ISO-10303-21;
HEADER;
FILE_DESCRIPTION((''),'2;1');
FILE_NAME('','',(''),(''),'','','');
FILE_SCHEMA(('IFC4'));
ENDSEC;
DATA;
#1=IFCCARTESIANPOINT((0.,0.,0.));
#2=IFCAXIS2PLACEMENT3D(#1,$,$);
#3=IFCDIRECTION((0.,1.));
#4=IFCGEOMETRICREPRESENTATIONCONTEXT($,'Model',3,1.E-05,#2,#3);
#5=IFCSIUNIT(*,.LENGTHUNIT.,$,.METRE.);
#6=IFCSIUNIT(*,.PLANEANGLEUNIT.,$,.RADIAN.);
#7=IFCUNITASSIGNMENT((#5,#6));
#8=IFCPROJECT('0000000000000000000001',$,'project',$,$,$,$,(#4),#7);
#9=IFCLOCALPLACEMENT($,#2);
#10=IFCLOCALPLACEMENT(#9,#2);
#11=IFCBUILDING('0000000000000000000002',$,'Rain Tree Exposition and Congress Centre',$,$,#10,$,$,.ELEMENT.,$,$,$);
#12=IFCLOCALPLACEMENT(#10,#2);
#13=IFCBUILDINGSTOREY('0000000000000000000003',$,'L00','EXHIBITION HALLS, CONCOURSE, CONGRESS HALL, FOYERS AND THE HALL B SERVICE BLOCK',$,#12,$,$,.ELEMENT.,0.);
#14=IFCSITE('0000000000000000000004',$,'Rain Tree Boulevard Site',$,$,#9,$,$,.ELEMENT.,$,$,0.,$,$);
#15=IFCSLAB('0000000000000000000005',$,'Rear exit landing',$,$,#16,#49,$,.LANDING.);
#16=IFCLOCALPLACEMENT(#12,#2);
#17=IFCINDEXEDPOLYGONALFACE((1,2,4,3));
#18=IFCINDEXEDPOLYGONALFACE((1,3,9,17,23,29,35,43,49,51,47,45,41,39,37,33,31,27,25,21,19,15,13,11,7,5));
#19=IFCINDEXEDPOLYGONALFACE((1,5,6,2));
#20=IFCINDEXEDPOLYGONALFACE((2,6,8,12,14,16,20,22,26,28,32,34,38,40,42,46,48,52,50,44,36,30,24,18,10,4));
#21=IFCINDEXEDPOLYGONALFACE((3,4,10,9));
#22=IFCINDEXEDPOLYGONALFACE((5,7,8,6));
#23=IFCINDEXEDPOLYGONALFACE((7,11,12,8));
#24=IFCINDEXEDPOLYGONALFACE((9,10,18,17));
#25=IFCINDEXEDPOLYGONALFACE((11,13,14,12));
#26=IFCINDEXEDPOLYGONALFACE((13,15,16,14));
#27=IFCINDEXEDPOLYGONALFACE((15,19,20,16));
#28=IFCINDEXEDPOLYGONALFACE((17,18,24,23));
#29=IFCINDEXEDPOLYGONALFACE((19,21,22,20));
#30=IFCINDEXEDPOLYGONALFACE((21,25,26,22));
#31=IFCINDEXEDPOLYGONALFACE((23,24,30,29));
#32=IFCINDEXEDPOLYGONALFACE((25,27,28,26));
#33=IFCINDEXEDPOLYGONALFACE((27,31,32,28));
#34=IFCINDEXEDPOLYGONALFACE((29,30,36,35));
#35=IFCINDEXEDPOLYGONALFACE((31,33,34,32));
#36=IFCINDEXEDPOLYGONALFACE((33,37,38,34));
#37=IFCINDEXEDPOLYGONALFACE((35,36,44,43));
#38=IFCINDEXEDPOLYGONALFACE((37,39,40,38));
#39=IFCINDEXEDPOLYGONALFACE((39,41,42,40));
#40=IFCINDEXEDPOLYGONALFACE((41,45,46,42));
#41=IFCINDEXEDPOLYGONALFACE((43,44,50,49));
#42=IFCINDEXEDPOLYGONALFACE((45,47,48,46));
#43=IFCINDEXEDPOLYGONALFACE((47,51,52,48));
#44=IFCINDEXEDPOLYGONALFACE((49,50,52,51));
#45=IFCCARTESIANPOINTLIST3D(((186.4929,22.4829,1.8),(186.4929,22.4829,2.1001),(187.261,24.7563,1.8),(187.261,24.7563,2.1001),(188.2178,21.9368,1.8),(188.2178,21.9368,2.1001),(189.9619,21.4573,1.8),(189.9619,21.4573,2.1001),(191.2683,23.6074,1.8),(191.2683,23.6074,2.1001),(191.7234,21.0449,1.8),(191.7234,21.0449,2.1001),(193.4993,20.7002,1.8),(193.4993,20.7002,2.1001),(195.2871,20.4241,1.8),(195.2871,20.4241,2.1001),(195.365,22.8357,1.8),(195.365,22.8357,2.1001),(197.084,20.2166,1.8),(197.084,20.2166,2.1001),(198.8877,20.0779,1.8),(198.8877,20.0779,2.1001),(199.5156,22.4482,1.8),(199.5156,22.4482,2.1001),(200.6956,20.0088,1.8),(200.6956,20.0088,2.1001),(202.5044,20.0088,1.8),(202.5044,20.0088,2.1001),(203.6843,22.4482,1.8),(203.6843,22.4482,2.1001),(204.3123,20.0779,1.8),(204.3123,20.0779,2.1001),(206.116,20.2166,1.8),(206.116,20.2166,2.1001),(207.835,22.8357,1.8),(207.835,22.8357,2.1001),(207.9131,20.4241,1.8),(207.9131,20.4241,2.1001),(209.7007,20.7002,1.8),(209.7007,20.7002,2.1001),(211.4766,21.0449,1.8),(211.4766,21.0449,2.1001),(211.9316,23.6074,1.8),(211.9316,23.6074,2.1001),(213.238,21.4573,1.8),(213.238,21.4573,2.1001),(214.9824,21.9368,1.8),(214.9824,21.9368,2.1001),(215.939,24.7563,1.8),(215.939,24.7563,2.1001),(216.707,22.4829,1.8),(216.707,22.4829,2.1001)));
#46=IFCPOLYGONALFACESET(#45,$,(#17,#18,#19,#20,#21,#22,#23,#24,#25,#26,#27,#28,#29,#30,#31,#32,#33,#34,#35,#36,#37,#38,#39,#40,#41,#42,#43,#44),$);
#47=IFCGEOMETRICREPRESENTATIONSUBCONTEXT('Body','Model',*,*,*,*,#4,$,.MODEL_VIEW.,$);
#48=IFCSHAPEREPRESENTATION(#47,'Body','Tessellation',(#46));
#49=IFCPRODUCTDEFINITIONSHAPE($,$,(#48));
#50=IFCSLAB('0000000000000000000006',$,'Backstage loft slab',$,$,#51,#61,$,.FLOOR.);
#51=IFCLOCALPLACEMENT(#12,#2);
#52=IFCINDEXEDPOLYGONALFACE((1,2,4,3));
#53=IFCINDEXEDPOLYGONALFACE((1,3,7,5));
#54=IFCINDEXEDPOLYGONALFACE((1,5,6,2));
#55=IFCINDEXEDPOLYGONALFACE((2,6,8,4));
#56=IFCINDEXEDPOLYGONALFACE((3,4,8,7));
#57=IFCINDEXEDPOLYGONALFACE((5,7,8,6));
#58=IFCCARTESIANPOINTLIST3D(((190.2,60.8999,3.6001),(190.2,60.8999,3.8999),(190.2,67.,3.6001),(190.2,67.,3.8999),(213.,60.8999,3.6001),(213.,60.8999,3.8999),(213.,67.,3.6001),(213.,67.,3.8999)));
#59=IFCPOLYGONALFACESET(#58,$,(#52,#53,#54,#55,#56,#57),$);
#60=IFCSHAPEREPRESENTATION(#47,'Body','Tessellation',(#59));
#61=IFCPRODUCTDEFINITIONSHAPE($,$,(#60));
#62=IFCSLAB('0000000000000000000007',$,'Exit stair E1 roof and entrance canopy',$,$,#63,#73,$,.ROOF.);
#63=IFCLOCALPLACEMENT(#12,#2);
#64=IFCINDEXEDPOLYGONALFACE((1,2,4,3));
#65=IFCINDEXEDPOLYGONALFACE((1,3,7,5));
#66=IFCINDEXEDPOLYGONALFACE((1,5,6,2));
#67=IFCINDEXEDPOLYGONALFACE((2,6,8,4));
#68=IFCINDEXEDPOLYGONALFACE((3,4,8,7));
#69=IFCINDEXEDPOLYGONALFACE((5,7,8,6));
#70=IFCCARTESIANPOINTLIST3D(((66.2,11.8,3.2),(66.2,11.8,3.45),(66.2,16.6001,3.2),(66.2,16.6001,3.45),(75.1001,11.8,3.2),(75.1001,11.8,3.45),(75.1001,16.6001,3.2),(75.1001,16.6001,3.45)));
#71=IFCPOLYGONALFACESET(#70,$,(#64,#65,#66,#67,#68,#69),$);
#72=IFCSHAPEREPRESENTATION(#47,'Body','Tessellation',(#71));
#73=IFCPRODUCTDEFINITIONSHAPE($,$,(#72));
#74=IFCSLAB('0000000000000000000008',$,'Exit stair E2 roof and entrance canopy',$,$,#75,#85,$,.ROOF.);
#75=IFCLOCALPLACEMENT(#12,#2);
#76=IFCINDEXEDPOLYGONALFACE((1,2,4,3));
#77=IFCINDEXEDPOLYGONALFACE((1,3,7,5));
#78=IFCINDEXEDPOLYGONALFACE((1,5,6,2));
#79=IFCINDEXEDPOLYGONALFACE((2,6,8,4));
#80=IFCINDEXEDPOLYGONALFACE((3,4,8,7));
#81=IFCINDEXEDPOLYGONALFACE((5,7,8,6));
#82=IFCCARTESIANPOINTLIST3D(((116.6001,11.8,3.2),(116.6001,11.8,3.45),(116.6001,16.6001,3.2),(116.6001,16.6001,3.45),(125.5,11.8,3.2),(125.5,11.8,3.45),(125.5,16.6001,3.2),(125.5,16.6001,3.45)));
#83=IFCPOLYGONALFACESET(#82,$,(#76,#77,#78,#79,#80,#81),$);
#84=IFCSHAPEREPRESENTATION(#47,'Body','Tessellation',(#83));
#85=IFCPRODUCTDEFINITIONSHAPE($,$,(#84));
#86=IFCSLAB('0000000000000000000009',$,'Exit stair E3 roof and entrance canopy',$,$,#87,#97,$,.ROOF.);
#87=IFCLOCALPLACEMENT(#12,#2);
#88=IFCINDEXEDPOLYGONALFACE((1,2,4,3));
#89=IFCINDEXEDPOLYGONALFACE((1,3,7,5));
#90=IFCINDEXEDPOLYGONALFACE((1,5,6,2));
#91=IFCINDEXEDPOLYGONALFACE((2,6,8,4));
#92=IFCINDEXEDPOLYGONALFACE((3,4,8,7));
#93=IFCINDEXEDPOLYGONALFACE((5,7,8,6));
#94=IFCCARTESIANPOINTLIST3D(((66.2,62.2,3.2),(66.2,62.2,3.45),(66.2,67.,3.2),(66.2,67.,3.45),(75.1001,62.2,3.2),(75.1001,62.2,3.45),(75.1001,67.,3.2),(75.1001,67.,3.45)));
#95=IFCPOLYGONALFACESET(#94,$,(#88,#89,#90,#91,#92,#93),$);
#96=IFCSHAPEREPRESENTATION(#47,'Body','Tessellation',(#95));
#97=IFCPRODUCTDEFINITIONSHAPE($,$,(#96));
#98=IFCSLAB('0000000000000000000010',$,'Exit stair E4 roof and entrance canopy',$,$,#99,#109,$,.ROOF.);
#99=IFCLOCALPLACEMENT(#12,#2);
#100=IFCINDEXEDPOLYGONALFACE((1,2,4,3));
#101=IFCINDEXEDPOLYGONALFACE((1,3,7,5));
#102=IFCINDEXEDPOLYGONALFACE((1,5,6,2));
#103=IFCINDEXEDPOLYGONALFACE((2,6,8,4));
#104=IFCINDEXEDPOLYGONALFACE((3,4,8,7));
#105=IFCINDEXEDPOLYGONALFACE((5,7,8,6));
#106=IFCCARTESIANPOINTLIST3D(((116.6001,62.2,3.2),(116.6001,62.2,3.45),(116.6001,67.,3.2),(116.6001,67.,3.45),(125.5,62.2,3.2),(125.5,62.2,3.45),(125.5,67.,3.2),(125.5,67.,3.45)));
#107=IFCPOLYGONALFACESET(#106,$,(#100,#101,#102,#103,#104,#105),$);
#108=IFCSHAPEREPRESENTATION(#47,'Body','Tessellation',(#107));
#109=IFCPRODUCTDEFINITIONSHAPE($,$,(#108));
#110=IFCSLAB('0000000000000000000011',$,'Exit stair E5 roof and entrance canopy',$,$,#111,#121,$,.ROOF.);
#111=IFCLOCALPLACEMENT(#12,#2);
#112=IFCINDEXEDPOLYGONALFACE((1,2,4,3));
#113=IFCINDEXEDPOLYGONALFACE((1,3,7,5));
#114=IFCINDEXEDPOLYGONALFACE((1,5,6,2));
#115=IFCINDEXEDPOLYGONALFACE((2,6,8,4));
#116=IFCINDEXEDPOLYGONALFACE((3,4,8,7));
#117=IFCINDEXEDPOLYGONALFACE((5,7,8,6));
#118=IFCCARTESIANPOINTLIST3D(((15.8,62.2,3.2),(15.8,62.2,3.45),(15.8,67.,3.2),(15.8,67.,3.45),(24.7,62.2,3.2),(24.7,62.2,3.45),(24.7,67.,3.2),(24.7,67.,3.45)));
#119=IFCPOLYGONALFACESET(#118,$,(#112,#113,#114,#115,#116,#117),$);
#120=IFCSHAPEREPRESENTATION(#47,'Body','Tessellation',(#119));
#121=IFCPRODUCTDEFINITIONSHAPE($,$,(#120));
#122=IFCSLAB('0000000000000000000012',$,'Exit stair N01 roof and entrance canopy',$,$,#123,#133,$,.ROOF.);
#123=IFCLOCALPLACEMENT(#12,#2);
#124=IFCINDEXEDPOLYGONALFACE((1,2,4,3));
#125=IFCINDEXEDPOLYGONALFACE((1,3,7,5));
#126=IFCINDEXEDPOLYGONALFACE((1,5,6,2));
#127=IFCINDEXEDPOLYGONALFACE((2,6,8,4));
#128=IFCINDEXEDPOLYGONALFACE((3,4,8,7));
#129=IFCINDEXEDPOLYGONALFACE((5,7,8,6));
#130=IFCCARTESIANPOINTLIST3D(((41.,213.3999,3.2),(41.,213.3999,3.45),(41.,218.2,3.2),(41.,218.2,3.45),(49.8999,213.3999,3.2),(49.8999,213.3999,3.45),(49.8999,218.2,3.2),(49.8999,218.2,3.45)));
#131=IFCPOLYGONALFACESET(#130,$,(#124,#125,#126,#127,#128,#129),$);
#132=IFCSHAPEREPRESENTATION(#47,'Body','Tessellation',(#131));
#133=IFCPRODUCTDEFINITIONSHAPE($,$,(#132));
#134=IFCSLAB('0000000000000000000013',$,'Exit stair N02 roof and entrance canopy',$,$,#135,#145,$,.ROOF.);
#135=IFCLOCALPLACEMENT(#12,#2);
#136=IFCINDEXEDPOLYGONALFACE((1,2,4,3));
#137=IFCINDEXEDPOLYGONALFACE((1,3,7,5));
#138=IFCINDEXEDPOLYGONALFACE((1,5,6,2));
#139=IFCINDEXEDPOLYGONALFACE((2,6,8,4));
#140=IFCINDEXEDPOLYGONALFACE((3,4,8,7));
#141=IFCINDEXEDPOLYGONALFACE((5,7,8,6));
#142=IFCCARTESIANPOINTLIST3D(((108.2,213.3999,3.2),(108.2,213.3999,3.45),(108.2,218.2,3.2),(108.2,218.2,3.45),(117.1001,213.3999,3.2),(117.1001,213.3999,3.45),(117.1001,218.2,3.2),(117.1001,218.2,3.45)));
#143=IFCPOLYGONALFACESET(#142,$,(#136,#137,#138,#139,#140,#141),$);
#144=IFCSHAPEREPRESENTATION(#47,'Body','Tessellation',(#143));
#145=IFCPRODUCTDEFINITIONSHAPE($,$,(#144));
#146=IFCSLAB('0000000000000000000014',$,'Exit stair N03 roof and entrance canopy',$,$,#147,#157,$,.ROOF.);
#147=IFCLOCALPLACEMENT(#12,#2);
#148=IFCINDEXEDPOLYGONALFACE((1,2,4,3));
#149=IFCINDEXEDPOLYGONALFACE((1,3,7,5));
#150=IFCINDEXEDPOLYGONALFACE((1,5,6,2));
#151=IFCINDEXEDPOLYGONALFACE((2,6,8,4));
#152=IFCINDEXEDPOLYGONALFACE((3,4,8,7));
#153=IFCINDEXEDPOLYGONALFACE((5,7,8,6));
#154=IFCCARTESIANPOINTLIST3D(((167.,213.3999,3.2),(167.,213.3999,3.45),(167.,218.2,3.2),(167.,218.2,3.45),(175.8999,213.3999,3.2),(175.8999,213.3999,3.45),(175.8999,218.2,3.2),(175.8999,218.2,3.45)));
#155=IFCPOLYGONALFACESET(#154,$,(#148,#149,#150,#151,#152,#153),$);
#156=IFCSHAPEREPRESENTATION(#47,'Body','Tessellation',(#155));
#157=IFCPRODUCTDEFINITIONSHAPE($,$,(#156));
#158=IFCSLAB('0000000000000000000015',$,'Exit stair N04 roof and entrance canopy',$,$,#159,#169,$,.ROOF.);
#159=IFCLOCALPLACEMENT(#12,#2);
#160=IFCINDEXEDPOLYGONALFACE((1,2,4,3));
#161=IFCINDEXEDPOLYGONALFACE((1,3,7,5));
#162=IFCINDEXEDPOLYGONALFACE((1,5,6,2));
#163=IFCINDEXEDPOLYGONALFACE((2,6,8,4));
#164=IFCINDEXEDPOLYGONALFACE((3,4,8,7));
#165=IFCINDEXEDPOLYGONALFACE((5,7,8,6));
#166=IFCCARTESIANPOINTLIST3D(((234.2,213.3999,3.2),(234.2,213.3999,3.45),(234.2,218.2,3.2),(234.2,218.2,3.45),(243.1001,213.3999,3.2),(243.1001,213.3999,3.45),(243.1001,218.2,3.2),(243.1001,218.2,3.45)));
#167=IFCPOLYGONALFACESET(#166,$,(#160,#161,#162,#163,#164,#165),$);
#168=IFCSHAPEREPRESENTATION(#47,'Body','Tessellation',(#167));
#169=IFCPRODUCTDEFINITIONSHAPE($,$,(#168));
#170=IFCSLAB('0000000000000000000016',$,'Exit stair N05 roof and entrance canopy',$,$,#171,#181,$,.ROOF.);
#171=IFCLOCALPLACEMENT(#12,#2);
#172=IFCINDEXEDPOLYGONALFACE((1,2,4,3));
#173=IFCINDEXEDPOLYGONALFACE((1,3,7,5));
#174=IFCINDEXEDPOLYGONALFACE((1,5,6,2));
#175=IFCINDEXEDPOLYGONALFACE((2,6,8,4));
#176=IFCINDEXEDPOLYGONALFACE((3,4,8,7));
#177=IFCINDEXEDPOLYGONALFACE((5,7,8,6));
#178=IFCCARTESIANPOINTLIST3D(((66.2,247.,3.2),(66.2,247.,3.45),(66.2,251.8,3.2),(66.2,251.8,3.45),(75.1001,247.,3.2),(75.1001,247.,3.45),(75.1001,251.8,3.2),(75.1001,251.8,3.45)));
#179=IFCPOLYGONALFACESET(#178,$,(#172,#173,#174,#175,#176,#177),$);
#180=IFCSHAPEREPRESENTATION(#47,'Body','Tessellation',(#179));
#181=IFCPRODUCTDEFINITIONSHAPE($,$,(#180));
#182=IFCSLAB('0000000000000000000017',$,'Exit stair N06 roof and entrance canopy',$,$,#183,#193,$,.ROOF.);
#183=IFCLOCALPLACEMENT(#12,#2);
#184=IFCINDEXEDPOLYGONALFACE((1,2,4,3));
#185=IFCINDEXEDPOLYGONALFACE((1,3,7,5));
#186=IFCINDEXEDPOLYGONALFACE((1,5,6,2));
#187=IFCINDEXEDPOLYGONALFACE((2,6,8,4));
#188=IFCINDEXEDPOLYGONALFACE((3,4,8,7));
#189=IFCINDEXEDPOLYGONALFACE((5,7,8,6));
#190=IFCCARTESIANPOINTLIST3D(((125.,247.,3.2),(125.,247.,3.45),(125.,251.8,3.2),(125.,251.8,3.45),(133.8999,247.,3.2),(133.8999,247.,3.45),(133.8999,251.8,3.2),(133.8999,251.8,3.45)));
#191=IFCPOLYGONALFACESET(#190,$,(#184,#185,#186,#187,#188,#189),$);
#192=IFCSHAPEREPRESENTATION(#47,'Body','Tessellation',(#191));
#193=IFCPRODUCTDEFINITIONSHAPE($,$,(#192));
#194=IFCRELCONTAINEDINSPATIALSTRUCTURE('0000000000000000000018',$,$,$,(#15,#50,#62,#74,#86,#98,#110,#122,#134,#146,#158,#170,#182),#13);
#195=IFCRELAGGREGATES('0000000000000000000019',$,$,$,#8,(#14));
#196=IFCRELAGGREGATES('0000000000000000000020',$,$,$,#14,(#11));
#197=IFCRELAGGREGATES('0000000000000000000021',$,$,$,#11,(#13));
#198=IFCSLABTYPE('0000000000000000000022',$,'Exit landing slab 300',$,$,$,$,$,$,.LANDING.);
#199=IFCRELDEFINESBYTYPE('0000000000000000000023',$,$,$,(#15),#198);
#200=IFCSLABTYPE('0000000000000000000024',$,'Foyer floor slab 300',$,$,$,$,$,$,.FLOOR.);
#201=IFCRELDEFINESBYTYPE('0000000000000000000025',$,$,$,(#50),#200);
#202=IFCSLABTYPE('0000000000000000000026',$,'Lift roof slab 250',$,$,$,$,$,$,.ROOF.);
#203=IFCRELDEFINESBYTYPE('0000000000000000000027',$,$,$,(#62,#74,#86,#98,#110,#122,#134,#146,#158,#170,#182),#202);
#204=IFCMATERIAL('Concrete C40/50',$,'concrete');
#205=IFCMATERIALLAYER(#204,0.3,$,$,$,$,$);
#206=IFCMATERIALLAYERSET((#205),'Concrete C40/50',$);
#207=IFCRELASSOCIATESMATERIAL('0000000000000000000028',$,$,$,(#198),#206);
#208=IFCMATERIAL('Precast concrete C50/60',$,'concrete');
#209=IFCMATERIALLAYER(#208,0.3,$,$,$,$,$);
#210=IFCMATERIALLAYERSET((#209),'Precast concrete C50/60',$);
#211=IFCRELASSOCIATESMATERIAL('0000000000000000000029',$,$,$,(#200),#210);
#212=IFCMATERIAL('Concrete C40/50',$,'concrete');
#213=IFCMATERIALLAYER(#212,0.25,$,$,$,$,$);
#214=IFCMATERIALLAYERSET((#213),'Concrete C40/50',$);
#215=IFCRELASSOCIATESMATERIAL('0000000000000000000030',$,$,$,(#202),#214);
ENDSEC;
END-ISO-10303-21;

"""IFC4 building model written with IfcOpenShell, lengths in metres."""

from ifc_helpers import new_model, si_unit, direction, frame, origin, place, context, subcontext, project, spatial, polyline, outline, extrude, material, layer, layer_set, type_object, element, save


model = new_model("IFC4")

# Units and contexts
model_context = context("Model", 3, precision=1e-05, world=origin(), true_north=direction((0.0, 1.0)))
body_context = subcontext(model_context, "Body", "Model", "MODEL_VIEW")
ifc_project = project(units=[si_unit("LENGTHUNIT", "METRE"), si_unit("PLANEANGLEUNIT", "RADIAN")], contexts=[model_context])

# Site, building, storey
site_placement = place(None, origin())
site = spatial("IfcSite", under=ifc_project, at=site_placement, Name="Rain Tree Boulevard Site", CompositionType="ELEMENT", RefElevation=0.0)
building_placement = place(site_placement, origin())
building = spatial("IfcBuilding", under=site, at=building_placement, Name="Rain Tree Exposition and Congress Centre", CompositionType="ELEMENT")
storey_placement = place(building_placement, origin())
storey = spatial("IfcBuildingStorey", under=building, at=storey_placement, Name="L00", Description="EXHIBITION HALLS, CONCOURSE, CONGRESS HALL, FOYERS AND THE HALL B SERVICE BLOCK", CompositionType="ELEMENT", Elevation=0.0)

# Slabs
ifc_material_1 = material(Name="Concrete C40/50", Category="concrete")
ifc_layer_1 = layer(ifc_material_1, 0.3)
ifc_layer_set_1 = layer_set([ifc_layer_1], Name="Concrete C40/50")
slab_type_1 = type_object("IfcSlabType", Name="Exit landing slab 300", PredefinedType="LANDING", material=ifc_layer_set_1)
slab_1_placement = place(storey_placement, frame((0.0, 0.0, 1.8)))
element("IfcSlab", 1, at=slab_1_placement, inside=storey, type_object=slab_type_1, Name="Rear exit landing", PredefinedType="LANDING", context=body_context, shape_type="SweptSolid", body=[
    extrude(outline(polyline([(216.707, 22.4829), (215.939, 24.7563), (215.939, 24.7563), (211.9316, 23.6074), (207.835, 22.8357), (203.6843, 22.4482), (199.5156, 22.4482), (195.365, 22.8357), (191.2683, 23.6074), (187.261, 24.7563), (187.261, 24.7563), (186.4929, 22.4829), (188.2178, 21.9368), (189.9619, 21.4573), (191.7234, 21.0449), (193.4993, 20.7002), (195.2871, 20.4241), (197.084, 20.2166), (198.8877, 20.0779), (200.6956, 20.0088), (202.5044, 20.0088), (204.3123, 20.0779), (206.116, 20.2166), (207.9131, 20.4241), (209.7007, 20.7002), (211.4766, 21.0449), (213.238, 21.4573), (214.9824, 21.9368), (216.707, 22.4829)])), origin(), (0.0, 0.0, 1.0), 0.3),
])
ifc_material_2 = material(Name="Precast concrete C50/60", Category="concrete")
ifc_layer_2 = layer(ifc_material_2, 0.3)
ifc_layer_set_2 = layer_set([ifc_layer_2], Name="Precast concrete C50/60")
slab_type_2 = type_object("IfcSlabType", Name="Foyer floor slab 300", PredefinedType="FLOOR", material=ifc_layer_set_2)
slab_2_placement = place(storey_placement, frame((0.0, 0.0, 3.6001)))
element("IfcSlab", 2, at=slab_2_placement, inside=storey, type_object=slab_type_2, Name="Backstage loft slab", PredefinedType="FLOOR", context=body_context, shape_type="SweptSolid", body=[
    extrude(outline(polyline([(213.0, 60.8999), (213.0, 67.0), (190.2, 67.0), (190.2, 60.8999), (213.0, 60.8999)])), origin(), (0.0, 0.0, 1.0), 0.2998),
])
ifc_material_3 = material(Name="Concrete C40/50", Category="concrete")
ifc_layer_3 = layer(ifc_material_3, 0.25)
ifc_layer_set_3 = layer_set([ifc_layer_3], Name="Concrete C40/50")
slab_type_3 = type_object("IfcSlabType", Name="Lift roof slab 250", PredefinedType="ROOF", material=ifc_layer_set_3)
slab_3_placement = place(storey_placement, frame((0.0, 0.0, 3.2)))
element("IfcSlab", 3, at=slab_3_placement, inside=storey, type_object=slab_type_3, Name="Exit stair E1 roof and entrance canopy", PredefinedType="ROOF", context=body_context, shape_type="SweptSolid", body=[
    extrude(outline(polyline([(66.2, 11.8), (75.1001, 11.8), (75.1001, 16.6001), (66.2, 16.6001), (66.2, 11.8)])), origin(), (0.0, 0.0, 1.0), 0.25),
])
slab_4_placement = place(storey_placement, frame((0.0, 0.0, 3.2)))
element("IfcSlab", 4, at=slab_4_placement, inside=storey, type_object=slab_type_3, Name="Exit stair E2 roof and entrance canopy", PredefinedType="ROOF", context=body_context, shape_type="SweptSolid", body=[
    extrude(outline(polyline([(116.6001, 11.8), (125.5, 11.8), (125.5, 16.6001), (116.6001, 16.6001), (116.6001, 11.8)])), origin(), (0.0, 0.0, 1.0), 0.25),
])
slab_5_placement = place(storey_placement, frame((0.0, 0.0, 3.2)))
element("IfcSlab", 5, at=slab_5_placement, inside=storey, type_object=slab_type_3, Name="Exit stair E3 roof and entrance canopy", PredefinedType="ROOF", context=body_context, shape_type="SweptSolid", body=[
    extrude(outline(polyline([(66.2, 62.2), (75.1001, 62.2), (75.1001, 67.0), (66.2, 67.0), (66.2, 62.2)])), origin(), (0.0, 0.0, 1.0), 0.25),
])
slab_6_placement = place(storey_placement, frame((0.0, 0.0, 3.2)))
element("IfcSlab", 6, at=slab_6_placement, inside=storey, type_object=slab_type_3, Name="Exit stair E4 roof and entrance canopy", PredefinedType="ROOF", context=body_context, shape_type="SweptSolid", body=[
    extrude(outline(polyline([(116.6001, 62.2), (125.5, 62.2), (125.5, 67.0), (116.6001, 67.0), (116.6001, 62.2)])), origin(), (0.0, 0.0, 1.0), 0.25),
])
slab_7_placement = place(storey_placement, frame((0.0, 0.0, 3.2)))
element("IfcSlab", 7, at=slab_7_placement, inside=storey, type_object=slab_type_3, Name="Exit stair E5 roof and entrance canopy", PredefinedType="ROOF", context=body_context, shape_type="SweptSolid", body=[
    extrude(outline(polyline([(15.8, 62.2), (24.7, 62.2), (24.7, 67.0), (15.8, 67.0), (15.8, 62.2)])), origin(), (0.0, 0.0, 1.0), 0.25),
])
slab_8_placement = place(storey_placement, frame((0.0, 0.0, 3.2)))
element("IfcSlab", 8, at=slab_8_placement, inside=storey, type_object=slab_type_3, Name="Exit stair N01 roof and entrance canopy", PredefinedType="ROOF", context=body_context, shape_type="SweptSolid", body=[
    extrude(outline(polyline([(41.0, 213.3999), (49.8999, 213.3999), (49.8999, 218.2), (41.0, 218.2), (41.0, 213.3999)])), origin(), (0.0, 0.0, 1.0), 0.25),
])
slab_9_placement = place(storey_placement, frame((0.0, 0.0, 3.2)))
element("IfcSlab", 9, at=slab_9_placement, inside=storey, type_object=slab_type_3, Name="Exit stair N02 roof and entrance canopy", PredefinedType="ROOF", context=body_context, shape_type="SweptSolid", body=[
    extrude(outline(polyline([(108.2, 213.3999), (117.1001, 213.3999), (117.1001, 218.2), (108.2, 218.2), (108.2, 213.3999)])), origin(), (0.0, 0.0, 1.0), 0.25),
])
slab_10_placement = place(storey_placement, frame((0.0, 0.0, 3.2)))
element("IfcSlab", 10, at=slab_10_placement, inside=storey, type_object=slab_type_3, Name="Exit stair N03 roof and entrance canopy", PredefinedType="ROOF", context=body_context, shape_type="SweptSolid", body=[
    extrude(outline(polyline([(167.0, 213.3999), (175.8999, 213.3999), (175.8999, 218.2), (167.0, 218.2), (167.0, 213.3999)])), origin(), (0.0, 0.0, 1.0), 0.25),
])
slab_11_placement = place(storey_placement, frame((0.0, 0.0, 3.2)))
element("IfcSlab", 11, at=slab_11_placement, inside=storey, type_object=slab_type_3, Name="Exit stair N04 roof and entrance canopy", PredefinedType="ROOF", context=body_context, shape_type="SweptSolid", body=[
    extrude(outline(polyline([(234.2, 213.3999), (243.1001, 213.3999), (243.1001, 218.2), (234.2, 218.2), (234.2, 213.3999)])), origin(), (0.0, 0.0, 1.0), 0.25),
])
slab_12_placement = place(storey_placement, frame((0.0, 0.0, 3.2)))
element("IfcSlab", 12, at=slab_12_placement, inside=storey, type_object=slab_type_3, Name="Exit stair N05 roof and entrance canopy", PredefinedType="ROOF", context=body_context, shape_type="SweptSolid", body=[
    extrude(outline(polyline([(66.2, 247.0), (75.1001, 247.0), (75.1001, 251.8), (66.2, 251.8), (66.2, 247.0)])), origin(), (0.0, 0.0, 1.0), 0.25),
])
slab_13_placement = place(storey_placement, frame((0.0, 0.0, 3.2)))
element("IfcSlab", 13, at=slab_13_placement, inside=storey, type_object=slab_type_3, Name="Exit stair N06 roof and entrance canopy", PredefinedType="ROOF", context=body_context, shape_type="SweptSolid", body=[
    extrude(outline(polyline([(125.0, 247.0), (133.8999, 247.0), (133.8999, 251.8), (125.0, 251.8), (125.0, 247.0)])), origin(), (0.0, 0.0, 1.0), 0.25),
])

save(model, "model.ifc")
